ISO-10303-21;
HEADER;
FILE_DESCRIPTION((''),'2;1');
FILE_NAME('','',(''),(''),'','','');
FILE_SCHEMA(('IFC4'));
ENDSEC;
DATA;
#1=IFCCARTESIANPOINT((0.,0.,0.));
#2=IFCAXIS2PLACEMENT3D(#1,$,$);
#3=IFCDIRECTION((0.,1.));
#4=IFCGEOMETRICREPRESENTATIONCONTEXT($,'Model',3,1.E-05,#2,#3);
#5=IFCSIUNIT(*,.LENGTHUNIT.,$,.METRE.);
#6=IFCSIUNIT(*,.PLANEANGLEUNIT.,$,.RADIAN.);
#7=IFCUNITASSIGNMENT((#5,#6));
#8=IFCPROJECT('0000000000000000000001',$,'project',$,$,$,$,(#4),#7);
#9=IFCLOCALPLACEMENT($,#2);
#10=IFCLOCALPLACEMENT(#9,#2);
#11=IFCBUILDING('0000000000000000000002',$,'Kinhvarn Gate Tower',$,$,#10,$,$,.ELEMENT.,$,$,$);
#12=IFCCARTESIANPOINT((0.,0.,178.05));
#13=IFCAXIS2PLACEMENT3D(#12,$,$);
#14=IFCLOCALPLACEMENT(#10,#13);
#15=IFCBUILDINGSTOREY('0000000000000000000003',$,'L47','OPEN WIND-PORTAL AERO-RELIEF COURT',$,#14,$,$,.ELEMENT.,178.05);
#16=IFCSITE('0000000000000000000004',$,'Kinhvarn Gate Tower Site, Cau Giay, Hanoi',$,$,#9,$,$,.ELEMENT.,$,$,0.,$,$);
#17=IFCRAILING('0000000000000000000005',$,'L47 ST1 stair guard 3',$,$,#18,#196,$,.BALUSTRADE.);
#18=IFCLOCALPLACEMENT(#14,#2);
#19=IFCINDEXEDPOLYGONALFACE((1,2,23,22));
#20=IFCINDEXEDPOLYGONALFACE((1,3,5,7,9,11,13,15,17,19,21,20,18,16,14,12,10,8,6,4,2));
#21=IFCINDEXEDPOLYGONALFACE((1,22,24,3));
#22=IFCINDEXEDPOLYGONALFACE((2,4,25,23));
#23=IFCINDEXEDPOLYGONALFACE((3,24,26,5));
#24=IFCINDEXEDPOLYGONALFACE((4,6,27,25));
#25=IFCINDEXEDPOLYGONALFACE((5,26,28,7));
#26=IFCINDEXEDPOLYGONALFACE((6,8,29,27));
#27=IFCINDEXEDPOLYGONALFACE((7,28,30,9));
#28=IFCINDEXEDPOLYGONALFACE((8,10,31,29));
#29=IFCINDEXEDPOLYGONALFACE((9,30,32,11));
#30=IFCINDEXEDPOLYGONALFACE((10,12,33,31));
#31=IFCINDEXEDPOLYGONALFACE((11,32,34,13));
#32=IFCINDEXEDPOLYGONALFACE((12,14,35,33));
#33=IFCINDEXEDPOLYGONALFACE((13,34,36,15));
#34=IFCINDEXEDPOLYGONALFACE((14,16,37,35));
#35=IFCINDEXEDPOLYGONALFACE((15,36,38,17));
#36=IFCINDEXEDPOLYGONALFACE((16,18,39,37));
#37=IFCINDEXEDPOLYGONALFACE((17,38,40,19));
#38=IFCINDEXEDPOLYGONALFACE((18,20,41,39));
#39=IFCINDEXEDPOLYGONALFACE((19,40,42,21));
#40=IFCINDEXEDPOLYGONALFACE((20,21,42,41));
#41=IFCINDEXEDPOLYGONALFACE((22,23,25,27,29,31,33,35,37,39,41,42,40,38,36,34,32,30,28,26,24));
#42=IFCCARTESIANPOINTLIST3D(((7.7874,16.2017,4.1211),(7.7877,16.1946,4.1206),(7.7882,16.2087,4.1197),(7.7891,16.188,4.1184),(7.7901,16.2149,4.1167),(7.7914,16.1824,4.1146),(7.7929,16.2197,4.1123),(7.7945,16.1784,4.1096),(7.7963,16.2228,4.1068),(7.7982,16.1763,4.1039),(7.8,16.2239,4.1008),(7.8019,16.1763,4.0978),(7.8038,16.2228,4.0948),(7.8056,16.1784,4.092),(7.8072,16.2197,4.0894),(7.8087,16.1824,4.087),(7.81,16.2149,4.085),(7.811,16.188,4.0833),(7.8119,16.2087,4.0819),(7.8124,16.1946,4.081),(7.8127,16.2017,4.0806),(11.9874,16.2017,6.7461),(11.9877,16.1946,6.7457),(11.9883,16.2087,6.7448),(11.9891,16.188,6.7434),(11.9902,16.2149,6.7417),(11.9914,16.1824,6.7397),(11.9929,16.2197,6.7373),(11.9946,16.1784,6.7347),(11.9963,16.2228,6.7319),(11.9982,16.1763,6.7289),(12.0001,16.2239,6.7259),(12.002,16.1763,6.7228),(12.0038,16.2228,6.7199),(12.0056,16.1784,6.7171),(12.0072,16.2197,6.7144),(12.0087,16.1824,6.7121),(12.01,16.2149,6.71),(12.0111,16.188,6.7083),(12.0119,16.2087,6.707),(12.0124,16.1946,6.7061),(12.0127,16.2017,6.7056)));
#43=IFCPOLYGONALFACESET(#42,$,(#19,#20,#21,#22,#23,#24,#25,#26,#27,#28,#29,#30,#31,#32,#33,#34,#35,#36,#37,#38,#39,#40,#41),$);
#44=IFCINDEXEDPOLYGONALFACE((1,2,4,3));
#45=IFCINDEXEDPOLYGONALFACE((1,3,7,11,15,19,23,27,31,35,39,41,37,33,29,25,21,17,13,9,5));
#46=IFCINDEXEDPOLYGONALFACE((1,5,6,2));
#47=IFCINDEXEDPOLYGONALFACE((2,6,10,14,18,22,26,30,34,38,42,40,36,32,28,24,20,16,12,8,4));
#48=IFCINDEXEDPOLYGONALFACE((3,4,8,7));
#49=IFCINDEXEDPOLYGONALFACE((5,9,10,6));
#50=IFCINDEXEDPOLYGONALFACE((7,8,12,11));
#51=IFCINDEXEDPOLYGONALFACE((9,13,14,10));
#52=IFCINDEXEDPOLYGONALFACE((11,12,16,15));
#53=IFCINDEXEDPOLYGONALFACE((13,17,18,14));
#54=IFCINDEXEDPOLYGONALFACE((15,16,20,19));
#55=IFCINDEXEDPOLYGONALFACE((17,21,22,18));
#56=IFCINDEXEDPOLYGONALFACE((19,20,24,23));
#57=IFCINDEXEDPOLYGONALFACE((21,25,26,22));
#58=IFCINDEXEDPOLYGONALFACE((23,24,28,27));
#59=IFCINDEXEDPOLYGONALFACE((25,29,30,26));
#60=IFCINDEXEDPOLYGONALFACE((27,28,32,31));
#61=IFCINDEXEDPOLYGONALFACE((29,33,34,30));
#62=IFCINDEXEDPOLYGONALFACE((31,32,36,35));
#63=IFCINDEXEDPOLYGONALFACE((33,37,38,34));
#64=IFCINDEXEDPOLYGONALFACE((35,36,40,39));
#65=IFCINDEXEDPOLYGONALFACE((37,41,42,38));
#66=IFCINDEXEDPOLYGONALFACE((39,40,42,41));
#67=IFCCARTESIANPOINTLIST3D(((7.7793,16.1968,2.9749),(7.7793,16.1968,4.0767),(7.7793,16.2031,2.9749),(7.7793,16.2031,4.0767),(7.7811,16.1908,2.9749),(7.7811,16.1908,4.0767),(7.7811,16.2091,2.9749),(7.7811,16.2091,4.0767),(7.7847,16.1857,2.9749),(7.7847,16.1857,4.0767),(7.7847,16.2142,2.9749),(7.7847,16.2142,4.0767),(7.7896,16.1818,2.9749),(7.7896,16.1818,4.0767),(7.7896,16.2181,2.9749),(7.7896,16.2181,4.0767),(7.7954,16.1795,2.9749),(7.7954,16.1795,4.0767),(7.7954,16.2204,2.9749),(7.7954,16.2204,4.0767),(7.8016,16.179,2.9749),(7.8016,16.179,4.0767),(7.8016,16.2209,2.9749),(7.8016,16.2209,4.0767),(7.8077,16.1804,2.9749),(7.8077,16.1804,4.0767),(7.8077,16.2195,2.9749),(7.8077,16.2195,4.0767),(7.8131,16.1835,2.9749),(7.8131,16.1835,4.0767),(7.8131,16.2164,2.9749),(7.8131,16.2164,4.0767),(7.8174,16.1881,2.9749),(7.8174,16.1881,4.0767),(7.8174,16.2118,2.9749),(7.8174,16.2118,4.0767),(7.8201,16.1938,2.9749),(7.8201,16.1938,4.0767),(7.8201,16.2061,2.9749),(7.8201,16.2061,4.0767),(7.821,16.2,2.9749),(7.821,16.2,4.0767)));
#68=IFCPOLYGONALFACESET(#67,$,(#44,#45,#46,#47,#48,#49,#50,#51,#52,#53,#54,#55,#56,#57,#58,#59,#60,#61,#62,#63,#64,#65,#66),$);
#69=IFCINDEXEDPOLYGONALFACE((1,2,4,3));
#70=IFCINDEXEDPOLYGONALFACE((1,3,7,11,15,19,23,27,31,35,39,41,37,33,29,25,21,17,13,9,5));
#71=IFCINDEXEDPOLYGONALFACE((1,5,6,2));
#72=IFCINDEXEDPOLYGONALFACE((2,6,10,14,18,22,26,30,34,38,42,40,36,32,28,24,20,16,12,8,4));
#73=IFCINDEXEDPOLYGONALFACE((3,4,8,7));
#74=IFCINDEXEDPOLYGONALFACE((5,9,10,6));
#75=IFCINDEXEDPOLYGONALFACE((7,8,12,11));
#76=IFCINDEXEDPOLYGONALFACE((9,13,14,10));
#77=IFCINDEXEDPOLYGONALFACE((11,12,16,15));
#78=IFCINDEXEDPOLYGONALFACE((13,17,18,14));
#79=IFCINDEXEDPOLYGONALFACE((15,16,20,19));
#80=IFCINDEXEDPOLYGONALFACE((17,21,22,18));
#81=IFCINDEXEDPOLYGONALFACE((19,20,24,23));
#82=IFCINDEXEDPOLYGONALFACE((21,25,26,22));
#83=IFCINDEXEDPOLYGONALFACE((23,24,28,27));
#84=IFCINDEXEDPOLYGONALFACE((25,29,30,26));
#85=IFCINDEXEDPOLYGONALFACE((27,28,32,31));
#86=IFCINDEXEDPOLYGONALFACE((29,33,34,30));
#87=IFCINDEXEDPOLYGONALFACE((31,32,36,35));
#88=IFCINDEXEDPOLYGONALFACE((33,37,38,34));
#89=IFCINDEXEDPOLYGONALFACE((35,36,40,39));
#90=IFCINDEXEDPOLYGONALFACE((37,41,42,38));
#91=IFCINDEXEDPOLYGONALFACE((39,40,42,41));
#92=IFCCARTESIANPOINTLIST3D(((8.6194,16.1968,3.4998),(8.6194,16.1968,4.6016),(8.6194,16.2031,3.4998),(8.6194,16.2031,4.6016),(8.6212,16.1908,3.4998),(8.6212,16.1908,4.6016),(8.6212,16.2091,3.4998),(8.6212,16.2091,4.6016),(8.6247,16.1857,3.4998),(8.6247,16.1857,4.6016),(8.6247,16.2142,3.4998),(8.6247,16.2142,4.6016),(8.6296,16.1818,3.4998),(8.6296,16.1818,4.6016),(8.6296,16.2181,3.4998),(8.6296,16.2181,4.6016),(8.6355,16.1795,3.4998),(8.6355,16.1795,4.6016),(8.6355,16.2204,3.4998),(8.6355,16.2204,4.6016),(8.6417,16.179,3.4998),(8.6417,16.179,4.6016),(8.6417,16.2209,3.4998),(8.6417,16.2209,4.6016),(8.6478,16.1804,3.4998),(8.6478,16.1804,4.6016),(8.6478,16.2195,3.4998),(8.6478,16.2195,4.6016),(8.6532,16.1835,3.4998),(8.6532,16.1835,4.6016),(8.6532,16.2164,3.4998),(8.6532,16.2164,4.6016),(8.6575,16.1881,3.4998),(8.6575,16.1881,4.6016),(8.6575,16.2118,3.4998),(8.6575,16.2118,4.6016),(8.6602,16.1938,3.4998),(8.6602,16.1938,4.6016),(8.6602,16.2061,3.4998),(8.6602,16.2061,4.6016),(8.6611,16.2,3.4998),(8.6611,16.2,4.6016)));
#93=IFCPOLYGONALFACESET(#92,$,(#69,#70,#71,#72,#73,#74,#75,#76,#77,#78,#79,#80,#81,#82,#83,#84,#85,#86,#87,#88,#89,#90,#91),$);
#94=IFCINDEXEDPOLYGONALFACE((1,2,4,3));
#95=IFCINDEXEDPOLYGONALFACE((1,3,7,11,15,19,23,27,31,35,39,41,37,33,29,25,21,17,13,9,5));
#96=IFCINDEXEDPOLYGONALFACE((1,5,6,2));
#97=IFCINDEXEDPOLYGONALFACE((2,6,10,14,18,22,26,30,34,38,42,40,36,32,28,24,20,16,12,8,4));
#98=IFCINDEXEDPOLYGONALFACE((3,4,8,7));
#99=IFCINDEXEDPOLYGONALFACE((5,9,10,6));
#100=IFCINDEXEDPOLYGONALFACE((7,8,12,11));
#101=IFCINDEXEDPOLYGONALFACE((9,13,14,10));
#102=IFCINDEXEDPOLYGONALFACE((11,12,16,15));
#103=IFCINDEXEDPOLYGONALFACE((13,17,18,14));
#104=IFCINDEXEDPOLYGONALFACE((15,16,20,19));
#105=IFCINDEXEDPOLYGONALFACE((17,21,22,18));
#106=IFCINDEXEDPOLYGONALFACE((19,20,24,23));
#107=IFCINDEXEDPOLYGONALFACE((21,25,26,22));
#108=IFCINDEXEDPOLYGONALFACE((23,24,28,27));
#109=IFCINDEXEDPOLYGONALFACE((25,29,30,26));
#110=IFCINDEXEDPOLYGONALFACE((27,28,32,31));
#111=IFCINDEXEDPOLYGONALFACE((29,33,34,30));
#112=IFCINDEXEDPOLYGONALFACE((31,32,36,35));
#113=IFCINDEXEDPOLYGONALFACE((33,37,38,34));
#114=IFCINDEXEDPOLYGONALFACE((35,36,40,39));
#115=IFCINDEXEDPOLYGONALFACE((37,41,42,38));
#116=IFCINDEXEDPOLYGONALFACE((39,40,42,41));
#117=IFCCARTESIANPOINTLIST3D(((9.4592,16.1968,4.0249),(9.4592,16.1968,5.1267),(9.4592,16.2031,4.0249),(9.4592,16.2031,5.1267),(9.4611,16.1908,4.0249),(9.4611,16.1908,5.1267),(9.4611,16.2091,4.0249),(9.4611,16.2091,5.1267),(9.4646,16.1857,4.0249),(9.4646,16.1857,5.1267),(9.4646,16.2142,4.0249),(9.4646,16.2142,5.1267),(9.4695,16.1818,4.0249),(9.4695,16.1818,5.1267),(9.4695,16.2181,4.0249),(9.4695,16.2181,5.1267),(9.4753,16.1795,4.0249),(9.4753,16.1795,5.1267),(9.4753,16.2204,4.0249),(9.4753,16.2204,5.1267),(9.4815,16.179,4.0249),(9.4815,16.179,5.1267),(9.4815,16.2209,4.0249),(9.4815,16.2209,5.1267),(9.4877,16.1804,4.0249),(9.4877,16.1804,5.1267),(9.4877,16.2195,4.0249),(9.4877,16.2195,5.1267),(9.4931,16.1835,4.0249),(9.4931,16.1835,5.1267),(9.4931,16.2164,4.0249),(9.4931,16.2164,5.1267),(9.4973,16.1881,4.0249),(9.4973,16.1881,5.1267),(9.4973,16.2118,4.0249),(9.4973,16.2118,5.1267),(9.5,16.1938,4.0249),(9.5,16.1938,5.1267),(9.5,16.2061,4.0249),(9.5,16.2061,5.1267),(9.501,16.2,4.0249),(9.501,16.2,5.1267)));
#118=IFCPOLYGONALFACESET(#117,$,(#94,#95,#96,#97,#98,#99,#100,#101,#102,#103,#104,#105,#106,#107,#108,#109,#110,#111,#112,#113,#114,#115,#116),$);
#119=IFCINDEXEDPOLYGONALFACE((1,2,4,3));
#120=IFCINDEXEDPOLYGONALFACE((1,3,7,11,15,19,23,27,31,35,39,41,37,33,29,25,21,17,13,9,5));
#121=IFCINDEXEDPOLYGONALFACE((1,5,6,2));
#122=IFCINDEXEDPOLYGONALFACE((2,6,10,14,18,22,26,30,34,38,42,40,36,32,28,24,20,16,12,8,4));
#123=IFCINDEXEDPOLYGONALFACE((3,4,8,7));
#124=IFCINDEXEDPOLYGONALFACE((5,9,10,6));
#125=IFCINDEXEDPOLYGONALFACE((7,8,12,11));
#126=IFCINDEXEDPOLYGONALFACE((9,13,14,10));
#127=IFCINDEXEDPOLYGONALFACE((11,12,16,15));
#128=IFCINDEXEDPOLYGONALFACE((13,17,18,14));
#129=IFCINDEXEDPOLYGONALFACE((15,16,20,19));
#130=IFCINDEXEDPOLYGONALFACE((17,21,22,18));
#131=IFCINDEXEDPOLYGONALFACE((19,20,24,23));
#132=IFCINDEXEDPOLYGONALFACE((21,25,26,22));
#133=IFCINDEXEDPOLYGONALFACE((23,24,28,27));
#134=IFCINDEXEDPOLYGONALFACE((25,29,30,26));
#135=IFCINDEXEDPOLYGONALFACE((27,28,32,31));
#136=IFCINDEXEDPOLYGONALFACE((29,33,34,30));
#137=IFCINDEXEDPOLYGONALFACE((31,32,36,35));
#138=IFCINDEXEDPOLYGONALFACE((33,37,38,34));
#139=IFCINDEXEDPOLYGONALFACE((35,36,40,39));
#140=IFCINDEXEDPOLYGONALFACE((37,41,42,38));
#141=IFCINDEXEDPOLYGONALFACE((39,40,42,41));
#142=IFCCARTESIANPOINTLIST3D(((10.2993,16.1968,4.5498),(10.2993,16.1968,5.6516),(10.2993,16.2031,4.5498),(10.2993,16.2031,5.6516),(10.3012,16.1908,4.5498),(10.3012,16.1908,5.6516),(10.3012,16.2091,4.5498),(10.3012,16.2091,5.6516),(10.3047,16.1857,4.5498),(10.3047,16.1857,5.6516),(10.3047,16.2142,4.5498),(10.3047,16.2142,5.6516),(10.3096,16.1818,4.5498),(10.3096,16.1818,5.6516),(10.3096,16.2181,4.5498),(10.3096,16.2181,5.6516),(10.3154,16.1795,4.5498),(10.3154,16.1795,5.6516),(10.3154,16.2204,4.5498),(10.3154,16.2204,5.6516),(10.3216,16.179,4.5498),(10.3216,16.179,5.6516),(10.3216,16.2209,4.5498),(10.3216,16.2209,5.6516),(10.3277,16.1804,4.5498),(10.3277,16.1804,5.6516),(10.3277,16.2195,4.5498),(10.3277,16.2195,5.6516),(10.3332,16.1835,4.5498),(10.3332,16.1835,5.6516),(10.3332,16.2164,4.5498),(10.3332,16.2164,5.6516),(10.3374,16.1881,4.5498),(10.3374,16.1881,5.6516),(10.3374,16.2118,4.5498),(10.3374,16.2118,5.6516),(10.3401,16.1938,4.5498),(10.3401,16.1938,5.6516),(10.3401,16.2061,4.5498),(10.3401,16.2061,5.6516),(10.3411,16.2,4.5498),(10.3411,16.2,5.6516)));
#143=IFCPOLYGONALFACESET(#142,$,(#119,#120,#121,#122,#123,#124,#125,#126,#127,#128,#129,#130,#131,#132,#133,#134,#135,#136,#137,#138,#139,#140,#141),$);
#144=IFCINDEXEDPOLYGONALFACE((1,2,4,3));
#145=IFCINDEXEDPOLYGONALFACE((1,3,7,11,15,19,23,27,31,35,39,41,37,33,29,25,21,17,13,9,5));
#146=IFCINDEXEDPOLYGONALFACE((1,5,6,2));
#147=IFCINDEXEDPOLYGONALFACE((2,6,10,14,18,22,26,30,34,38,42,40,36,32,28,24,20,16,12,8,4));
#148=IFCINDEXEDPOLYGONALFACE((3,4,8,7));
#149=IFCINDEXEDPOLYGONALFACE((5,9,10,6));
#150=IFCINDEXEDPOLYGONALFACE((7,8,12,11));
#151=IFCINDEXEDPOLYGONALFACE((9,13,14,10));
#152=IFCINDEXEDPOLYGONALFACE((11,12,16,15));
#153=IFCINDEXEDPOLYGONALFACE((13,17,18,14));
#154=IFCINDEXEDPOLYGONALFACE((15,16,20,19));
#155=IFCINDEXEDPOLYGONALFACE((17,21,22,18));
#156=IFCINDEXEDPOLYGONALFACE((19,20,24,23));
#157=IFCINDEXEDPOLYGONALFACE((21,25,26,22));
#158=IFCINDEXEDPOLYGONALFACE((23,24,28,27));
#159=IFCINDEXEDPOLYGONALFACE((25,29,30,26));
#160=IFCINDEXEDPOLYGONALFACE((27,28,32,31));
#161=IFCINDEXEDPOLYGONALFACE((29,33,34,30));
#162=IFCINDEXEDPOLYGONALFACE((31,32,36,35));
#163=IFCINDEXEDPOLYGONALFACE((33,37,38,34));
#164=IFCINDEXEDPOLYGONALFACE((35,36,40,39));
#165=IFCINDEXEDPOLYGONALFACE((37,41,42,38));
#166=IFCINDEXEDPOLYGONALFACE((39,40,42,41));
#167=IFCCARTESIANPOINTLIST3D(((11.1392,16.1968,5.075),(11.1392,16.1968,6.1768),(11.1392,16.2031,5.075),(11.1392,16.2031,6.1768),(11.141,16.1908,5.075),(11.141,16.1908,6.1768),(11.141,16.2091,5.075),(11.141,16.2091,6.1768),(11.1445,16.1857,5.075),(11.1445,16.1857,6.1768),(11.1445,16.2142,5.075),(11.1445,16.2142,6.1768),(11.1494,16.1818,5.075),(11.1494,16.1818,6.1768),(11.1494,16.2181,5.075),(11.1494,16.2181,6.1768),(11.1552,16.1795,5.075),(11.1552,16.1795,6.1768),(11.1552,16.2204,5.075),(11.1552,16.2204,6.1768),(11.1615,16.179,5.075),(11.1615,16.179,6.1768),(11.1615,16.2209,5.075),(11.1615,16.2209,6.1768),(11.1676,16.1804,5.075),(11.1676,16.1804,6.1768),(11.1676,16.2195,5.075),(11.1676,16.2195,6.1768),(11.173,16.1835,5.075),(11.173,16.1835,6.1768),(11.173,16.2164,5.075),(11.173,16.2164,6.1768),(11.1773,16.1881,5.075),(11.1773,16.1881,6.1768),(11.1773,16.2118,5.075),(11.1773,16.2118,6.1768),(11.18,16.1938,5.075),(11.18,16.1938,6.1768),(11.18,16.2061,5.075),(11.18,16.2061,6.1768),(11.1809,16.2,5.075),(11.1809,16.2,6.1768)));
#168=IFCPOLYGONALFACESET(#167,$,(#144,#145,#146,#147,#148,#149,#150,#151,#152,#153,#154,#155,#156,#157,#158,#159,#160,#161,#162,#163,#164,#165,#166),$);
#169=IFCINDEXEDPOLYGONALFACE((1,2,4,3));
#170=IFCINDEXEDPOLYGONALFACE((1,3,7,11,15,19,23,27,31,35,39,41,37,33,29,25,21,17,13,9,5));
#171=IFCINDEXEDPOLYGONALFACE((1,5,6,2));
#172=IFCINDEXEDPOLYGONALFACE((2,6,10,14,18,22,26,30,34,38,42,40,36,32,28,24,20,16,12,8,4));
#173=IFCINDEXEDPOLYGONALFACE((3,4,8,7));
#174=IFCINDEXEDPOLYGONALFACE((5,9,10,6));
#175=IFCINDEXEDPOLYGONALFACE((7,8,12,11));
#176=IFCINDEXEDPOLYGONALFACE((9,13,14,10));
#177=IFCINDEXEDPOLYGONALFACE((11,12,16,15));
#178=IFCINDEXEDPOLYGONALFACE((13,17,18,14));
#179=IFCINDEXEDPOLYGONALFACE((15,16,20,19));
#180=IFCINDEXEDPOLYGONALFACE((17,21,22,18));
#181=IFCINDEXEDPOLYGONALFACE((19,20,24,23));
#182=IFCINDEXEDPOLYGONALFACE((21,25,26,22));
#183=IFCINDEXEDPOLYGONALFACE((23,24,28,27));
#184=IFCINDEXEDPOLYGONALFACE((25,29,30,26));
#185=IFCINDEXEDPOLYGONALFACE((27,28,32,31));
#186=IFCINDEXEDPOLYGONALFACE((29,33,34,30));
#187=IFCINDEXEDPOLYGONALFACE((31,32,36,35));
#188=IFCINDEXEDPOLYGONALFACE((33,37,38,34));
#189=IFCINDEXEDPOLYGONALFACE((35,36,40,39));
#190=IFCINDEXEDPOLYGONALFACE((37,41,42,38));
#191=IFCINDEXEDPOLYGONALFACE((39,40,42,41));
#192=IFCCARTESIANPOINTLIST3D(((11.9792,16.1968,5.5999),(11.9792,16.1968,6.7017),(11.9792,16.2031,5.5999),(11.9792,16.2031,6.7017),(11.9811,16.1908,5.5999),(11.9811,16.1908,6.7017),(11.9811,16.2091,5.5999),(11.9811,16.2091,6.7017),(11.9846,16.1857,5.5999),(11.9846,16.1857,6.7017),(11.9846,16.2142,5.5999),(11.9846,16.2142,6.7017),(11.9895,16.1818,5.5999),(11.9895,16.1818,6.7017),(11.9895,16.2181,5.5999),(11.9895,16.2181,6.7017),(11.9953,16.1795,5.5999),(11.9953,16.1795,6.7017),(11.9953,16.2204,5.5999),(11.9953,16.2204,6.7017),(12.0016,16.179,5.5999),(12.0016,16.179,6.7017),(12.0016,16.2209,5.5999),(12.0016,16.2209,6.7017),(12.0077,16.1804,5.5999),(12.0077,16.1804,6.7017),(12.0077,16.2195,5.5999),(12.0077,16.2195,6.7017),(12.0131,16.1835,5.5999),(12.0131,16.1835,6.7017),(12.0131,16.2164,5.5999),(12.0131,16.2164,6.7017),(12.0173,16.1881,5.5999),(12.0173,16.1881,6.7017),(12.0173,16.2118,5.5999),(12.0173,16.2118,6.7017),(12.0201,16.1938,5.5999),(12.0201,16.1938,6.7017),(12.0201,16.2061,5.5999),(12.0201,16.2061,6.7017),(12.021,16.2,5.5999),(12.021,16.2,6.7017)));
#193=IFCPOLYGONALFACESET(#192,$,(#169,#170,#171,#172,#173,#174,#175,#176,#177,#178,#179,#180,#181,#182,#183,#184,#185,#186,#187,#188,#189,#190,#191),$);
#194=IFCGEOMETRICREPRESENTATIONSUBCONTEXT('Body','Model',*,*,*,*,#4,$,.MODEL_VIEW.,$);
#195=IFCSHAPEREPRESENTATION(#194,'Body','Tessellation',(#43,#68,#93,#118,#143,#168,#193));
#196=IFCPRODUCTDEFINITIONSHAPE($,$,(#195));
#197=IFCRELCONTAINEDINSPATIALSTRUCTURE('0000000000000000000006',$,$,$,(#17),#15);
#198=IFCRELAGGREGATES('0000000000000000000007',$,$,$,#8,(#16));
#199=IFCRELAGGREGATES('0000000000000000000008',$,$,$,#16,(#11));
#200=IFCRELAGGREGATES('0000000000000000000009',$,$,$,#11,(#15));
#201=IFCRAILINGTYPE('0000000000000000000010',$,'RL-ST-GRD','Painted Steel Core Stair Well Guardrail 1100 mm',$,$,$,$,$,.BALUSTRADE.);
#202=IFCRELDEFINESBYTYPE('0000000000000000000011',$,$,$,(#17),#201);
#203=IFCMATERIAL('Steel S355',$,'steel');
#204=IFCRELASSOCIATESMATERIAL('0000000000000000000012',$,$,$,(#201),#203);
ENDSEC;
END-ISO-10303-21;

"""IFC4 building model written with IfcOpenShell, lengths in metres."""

from ifc_helpers import new_model, si_unit, direction, frame, origin, origin_2d, place, context, subcontext, project, spatial, circle, extrude, material, type_object, element, save


model = new_model("IFC4")

# Units and contexts
model_context = context("Model", 3, precision=1e-05, world=origin(), true_north=direction((0.0, 1.0)))
body_context = subcontext(model_context, "Body", "Model", "MODEL_VIEW")
ifc_project = project(units=[si_unit("LENGTHUNIT", "METRE"), si_unit("PLANEANGLEUNIT", "RADIAN")], contexts=[model_context])

# Site, building, storey
site_placement = place(None, origin())
site = spatial("IfcSite", under=ifc_project, at=site_placement, Name="Kinhvarn Gate Tower Site, Cau Giay, Hanoi", CompositionType="ELEMENT", RefElevation=0.0)
building_placement = place(site_placement, origin())
building = spatial("IfcBuilding", under=site, at=building_placement, Name="Kinhvarn Gate Tower", CompositionType="ELEMENT")
storey_placement = place(building_placement, frame((0.0, 0.0, 178.05)))
storey = spatial("IfcBuildingStorey", under=building, at=storey_placement, Name="L47", Description="OPEN WIND-PORTAL AERO-RELIEF COURT", CompositionType="ELEMENT", Elevation=178.05)

# Shared definitions
ifc_material_1 = material(Name="Steel S355", Category="steel")

# Railing
railing_type_1 = type_object("IfcRailingType", Name="RL-ST-GRD", Description="Painted Steel Core Stair Well Guardrail 1100 mm", PredefinedType="BALUSTRADE", material=ifc_material_1)
railing_1_placement = place(storey_placement, frame((7.8, 16.2, 2.9749)))
element("IfcRailing", 1, at=railing_1_placement, inside=storey, type_object=railing_type_1, Name="L47 ST1 stair guard 3", PredefinedType="BALUSTRADE", context=body_context, shape_type="SweptSolid", body=[
    extrude(circle(Radius=0.0239, at=origin_2d()), frame((0.0, 0.0, 1.126), z_axis=(0.847996, 0.0, 0.530003), x_axis=(0.0, 1.0, 0.0)), (0.0, 0.0, 1.0), 4.9529),
    extrude(circle(Radius=0.021, at=origin_2d()), origin(), (0.0, 0.0, 1.0), 1.1018),
    extrude(circle(Radius=0.021, at=origin_2d()), frame((0.8401, 0.0, 0.5249)), (0.0, 0.0, 1.0), 1.1018),
    extrude(circle(Radius=0.021, at=origin_2d()), frame((1.6799, 0.0, 1.05)), (0.0, 0.0, 1.0), 1.1018),
    extrude(circle(Radius=0.021, at=origin_2d()), frame((2.52, 0.0, 1.575)), (0.0, 0.0, 1.0), 1.1018),
    extrude(circle(Radius=0.021, at=origin_2d()), frame((3.3599, 0.0, 2.1001)), (0.0, 0.0, 1.0), 1.1018),
    extrude(circle(Radius=0.021, at=origin_2d()), frame((4.2, 0.0, 2.625)), (0.0, 0.0, 1.0), 1.1018),
])

save(model, "model.ifc")
